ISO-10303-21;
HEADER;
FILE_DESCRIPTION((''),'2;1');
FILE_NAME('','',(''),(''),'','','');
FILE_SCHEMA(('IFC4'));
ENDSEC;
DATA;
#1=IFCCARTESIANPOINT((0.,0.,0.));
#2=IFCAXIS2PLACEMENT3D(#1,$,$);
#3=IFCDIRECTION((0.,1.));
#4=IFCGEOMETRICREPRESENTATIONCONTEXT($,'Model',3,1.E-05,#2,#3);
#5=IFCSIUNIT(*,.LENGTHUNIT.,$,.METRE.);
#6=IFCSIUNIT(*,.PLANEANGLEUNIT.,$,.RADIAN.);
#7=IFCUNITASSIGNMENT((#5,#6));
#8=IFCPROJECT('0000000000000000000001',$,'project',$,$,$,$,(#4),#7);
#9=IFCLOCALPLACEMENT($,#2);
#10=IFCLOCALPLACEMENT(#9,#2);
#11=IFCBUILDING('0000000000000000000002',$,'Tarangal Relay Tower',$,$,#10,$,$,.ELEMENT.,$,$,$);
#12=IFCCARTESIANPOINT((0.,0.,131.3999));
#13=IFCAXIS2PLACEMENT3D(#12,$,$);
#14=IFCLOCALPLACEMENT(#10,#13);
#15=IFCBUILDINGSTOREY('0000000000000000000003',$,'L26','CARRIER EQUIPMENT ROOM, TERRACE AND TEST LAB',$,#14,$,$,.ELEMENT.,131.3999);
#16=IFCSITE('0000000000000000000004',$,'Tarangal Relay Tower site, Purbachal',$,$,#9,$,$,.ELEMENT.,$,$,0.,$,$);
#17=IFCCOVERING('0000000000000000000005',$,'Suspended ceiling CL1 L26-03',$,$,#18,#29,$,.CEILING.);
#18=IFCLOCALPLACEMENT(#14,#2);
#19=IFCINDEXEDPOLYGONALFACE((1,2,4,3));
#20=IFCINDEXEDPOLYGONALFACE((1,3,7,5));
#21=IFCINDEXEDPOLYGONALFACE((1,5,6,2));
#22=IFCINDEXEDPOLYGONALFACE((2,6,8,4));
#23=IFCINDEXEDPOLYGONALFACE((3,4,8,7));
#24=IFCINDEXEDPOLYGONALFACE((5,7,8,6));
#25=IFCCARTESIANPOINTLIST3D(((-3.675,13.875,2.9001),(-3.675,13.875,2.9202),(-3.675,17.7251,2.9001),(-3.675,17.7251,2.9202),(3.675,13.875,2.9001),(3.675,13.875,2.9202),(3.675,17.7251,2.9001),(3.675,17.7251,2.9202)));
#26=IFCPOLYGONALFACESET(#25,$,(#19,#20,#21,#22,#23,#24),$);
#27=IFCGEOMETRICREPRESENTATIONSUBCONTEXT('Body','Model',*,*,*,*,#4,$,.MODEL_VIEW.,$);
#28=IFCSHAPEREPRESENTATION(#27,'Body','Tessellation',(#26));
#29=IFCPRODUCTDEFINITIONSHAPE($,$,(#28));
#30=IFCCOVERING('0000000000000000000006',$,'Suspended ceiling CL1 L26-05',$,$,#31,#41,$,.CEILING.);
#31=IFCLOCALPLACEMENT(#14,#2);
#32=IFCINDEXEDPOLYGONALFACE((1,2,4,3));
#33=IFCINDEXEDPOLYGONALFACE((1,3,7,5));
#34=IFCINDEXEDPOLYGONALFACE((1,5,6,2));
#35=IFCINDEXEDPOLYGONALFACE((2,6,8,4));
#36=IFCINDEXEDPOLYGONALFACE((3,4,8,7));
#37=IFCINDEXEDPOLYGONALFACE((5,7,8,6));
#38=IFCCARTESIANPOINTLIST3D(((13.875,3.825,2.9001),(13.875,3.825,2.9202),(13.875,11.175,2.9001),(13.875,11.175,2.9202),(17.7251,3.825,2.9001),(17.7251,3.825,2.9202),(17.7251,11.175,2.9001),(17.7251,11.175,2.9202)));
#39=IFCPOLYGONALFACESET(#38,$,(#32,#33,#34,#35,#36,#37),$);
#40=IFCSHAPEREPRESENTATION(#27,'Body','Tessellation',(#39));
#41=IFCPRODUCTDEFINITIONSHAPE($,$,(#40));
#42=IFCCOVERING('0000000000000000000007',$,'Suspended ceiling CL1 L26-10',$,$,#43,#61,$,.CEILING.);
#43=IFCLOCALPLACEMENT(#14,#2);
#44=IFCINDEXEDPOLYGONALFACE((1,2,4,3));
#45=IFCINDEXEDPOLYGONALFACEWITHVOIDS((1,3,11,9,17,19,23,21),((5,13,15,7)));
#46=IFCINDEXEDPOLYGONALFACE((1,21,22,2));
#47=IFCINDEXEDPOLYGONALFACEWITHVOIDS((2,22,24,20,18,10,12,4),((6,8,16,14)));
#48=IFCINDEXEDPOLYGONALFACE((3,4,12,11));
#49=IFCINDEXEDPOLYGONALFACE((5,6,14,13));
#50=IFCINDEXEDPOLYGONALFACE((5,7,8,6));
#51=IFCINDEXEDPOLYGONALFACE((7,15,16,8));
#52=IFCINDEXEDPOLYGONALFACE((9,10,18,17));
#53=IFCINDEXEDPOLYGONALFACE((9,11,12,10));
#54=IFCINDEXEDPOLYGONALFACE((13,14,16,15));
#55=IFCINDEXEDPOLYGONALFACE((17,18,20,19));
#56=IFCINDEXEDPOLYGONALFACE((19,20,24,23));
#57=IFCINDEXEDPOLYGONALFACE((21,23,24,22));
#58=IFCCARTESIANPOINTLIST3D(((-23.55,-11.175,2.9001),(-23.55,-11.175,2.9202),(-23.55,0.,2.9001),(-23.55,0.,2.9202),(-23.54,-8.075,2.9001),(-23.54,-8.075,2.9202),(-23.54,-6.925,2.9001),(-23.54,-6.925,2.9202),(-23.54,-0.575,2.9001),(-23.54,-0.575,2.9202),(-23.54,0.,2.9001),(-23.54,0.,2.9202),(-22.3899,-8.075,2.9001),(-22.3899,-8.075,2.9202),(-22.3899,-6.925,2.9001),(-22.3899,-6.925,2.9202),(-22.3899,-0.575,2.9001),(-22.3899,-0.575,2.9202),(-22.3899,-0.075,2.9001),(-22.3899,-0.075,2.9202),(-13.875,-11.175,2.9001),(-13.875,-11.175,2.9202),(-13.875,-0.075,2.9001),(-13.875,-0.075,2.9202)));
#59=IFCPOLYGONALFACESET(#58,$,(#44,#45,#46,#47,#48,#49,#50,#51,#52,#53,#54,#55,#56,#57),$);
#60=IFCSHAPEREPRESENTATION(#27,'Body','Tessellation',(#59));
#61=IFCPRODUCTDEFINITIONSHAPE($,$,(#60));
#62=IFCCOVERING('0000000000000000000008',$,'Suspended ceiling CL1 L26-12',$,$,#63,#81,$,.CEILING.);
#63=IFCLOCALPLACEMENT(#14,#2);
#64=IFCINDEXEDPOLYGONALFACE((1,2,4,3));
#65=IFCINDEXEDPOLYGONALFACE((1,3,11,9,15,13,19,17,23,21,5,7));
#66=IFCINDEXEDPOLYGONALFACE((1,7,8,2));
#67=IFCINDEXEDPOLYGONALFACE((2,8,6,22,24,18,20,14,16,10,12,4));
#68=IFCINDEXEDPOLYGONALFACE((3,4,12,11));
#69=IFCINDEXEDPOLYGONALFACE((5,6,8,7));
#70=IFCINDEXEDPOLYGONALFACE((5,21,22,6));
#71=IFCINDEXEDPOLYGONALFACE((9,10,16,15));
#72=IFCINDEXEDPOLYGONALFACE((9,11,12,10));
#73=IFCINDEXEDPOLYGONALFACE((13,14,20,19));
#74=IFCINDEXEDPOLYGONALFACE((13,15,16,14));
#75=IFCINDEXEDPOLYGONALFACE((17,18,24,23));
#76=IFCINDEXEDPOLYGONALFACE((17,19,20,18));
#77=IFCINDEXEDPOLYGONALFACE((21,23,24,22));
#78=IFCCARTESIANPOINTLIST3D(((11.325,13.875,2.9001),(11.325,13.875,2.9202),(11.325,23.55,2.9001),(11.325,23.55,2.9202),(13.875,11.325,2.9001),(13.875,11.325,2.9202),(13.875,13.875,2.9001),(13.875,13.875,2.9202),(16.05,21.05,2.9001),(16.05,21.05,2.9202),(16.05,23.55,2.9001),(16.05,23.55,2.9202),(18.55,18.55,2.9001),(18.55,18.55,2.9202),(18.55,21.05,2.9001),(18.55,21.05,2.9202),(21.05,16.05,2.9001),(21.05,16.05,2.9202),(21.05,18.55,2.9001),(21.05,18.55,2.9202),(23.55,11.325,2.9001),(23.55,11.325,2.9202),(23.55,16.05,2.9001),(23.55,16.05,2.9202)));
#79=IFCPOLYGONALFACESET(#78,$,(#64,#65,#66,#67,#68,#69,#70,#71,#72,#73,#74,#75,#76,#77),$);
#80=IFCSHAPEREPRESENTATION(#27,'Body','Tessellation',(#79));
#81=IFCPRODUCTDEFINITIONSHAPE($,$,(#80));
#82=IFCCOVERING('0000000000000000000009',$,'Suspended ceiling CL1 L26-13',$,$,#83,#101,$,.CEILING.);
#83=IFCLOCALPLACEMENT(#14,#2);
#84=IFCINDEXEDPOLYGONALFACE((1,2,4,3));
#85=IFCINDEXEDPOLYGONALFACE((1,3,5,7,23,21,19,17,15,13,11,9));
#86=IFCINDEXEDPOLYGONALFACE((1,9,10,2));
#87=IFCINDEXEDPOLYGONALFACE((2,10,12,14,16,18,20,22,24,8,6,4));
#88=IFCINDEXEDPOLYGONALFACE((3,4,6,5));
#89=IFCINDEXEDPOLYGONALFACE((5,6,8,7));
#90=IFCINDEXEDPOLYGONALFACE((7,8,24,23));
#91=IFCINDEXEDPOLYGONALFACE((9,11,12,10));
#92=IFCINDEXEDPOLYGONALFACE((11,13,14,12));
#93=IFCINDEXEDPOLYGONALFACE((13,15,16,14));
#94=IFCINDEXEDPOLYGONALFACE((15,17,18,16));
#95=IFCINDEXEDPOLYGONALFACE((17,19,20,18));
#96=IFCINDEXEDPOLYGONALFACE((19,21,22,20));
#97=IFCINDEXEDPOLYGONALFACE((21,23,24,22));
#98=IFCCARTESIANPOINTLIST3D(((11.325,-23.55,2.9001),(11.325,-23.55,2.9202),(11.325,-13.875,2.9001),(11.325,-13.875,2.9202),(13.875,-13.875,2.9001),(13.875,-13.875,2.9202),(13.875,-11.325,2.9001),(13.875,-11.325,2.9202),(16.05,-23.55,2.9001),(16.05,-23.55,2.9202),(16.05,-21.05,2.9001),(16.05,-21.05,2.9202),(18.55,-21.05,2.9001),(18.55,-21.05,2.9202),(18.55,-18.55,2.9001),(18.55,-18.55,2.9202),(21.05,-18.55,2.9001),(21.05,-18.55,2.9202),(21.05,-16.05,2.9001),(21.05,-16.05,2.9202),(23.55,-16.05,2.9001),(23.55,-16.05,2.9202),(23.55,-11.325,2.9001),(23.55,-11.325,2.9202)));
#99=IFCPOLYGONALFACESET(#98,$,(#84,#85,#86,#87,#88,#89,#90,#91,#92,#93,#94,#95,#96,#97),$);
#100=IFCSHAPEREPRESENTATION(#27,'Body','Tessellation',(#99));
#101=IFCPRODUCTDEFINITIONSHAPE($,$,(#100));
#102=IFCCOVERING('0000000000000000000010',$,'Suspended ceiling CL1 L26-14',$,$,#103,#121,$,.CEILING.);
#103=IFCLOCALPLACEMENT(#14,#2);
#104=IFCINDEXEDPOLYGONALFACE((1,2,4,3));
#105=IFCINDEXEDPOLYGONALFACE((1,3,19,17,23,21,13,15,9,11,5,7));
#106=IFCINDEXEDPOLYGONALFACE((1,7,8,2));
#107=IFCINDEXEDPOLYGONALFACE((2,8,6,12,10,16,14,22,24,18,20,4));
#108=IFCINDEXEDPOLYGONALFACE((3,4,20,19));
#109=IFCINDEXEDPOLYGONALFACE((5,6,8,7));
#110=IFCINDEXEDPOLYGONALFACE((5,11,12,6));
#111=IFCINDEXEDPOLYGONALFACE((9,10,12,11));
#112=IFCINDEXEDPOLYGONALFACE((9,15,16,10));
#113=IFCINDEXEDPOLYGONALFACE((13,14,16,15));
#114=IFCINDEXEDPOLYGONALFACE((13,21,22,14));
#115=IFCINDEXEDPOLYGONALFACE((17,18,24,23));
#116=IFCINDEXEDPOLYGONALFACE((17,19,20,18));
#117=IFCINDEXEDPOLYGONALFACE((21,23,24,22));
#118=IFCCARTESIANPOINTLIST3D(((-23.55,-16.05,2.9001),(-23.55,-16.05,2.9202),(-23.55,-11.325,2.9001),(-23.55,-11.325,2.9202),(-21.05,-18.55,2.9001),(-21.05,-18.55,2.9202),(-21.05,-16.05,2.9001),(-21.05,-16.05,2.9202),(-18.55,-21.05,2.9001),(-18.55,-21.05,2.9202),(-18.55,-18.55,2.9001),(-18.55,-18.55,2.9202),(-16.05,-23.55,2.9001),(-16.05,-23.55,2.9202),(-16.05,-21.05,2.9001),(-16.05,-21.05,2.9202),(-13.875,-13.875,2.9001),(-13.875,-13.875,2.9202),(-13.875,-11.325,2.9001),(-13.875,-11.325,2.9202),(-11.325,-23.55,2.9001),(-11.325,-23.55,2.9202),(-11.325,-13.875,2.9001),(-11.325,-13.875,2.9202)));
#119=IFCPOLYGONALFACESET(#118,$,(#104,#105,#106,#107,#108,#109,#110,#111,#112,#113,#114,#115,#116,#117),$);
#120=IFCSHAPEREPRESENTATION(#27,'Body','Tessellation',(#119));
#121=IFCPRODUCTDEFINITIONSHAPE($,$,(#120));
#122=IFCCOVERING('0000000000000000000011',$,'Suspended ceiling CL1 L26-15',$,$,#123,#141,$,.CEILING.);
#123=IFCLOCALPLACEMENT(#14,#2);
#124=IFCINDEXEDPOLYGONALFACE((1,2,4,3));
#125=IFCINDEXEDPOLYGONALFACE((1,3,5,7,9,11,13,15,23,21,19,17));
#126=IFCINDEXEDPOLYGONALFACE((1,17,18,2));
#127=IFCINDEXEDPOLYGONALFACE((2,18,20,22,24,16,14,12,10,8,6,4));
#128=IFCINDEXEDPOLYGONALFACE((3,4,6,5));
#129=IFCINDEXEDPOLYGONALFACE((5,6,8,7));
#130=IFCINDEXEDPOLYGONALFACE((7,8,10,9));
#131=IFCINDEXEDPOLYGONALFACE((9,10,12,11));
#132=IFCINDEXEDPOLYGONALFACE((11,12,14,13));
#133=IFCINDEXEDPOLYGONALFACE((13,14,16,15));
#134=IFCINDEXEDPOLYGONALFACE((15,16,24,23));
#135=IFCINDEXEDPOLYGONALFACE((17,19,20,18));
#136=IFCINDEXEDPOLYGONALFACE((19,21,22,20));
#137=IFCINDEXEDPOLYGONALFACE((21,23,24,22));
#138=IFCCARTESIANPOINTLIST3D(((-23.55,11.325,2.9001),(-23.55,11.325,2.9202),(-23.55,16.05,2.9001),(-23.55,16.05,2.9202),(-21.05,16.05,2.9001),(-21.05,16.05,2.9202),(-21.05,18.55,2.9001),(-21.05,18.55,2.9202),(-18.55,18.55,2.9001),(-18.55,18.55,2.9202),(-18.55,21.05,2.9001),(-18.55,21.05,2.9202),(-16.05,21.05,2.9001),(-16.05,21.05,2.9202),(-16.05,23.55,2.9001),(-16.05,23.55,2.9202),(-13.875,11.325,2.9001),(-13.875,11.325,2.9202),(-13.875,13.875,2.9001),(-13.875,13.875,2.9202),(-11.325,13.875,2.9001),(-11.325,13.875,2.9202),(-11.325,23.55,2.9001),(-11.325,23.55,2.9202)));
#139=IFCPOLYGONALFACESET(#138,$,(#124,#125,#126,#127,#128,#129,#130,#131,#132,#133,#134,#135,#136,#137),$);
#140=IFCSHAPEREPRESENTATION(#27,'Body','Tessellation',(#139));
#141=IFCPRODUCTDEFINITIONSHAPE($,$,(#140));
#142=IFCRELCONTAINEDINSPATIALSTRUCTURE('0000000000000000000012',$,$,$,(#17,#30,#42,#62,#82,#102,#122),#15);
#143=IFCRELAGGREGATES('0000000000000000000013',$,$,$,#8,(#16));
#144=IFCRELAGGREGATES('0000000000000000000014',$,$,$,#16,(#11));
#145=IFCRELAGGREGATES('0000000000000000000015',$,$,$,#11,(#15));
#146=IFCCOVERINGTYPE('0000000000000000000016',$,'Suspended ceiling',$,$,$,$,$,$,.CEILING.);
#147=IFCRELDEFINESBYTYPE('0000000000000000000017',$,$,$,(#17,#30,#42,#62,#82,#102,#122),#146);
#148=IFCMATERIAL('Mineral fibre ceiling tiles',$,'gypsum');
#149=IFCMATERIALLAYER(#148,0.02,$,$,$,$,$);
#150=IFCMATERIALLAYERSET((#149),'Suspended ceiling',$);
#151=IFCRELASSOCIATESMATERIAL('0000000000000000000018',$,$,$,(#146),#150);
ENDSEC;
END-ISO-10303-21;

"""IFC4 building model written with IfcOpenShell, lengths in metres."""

from ifc_helpers import new_model, si_unit, direction, frame, origin, place, context, subcontext, project, spatial, polyline, outline, extrude, material, layer, layer_set, type_object, element, save


model = new_model("IFC4")

# Units and contexts
model_context = context("Model", 3, precision=1e-05, world=origin(), true_north=direction((0.0, 1.0)))
body_context = subcontext(model_context, "Body", "Model", "MODEL_VIEW")
ifc_project = project(units=[si_unit("LENGTHUNIT", "METRE"), si_unit("PLANEANGLEUNIT", "RADIAN")], contexts=[model_context])

# Site, building, storey
site_placement = place(None, origin())
site = spatial("IfcSite", under=ifc_project, at=site_placement, Name="Tarangal Relay Tower site, Purbachal", CompositionType="ELEMENT", RefElevation=0.0)
building_placement = place(site_placement, origin())
building = spatial("IfcBuilding", under=site, at=building_placement, Name="Tarangal Relay Tower", CompositionType="ELEMENT")
storey_placement = place(building_placement, frame((0.0, 0.0, 131.3999)))
storey = spatial("IfcBuildingStorey", under=building, at=storey_placement, Name="L26", Description="CARRIER EQUIPMENT ROOM, TERRACE AND TEST LAB", CompositionType="ELEMENT", Elevation=131.3999)

# Coverings
ifc_material_1 = material(Name="Mineral fibre ceiling tiles", Category="gypsum")
ifc_layer_1 = layer(ifc_material_1, 0.02)
ifc_layer_set_1 = layer_set([ifc_layer_1], Name="Suspended ceiling")
covering_type_1 = type_object("IfcCoveringType", Name="Suspended ceiling", PredefinedType="CEILING", material=ifc_layer_set_1)
covering_1_placement = place(storey_placement, frame((0.0, 0.0, 2.9001)))
element("IfcCovering", 1, at=covering_1_placement, inside=storey, type_object=covering_type_1, Name="Suspended ceiling CL1 L26-03", PredefinedType="CEILING", context=body_context, shape_type="SweptSolid", body=[
    extrude(outline(polyline([(-3.675, 17.7251), (-3.675, 13.875), (3.675, 13.875), (3.675, 17.7251), (-3.675, 17.7251)])), origin(), (0.0, 0.0, 1.0), 0.02),
])
covering_2_placement = place(storey_placement, frame((0.0, 0.0, 2.9001)))
element("IfcCovering", 2, at=covering_2_placement, inside=storey, type_object=covering_type_1, Name="Suspended ceiling CL1 L26-05", PredefinedType="CEILING", context=body_context, shape_type="SweptSolid", body=[
    extrude(outline(polyline([(17.7251, 3.825), (17.7251, 11.175), (13.875, 11.175), (13.875, 3.825), (17.7251, 3.825)])), origin(), (0.0, 0.0, 1.0), 0.02),
])
covering_3_placement = place(storey_placement, frame((0.0, 0.0, 2.9001)))
element("IfcCovering", 3, at=covering_3_placement, inside=storey, type_object=covering_type_1, Name="Suspended ceiling CL1 L26-10", PredefinedType="CEILING", context=body_context, shape_type="SweptSolid", body=[
    extrude(outline(polyline([(-23.55, 0.0), (-23.55, -11.175), (-13.875, -11.175), (-13.875, -0.075), (-22.3899, -0.075), (-22.3899, -0.575), (-23.54, -0.575), (-23.54, 0.0), (-23.55, 0.0)]), holes=[polyline([(-22.3899, -8.075), (-22.3899, -6.925), (-23.54, -6.925), (-23.54, -8.075), (-22.3899, -8.075)])]), origin(), (0.0, 0.0, 1.0), 0.02),
])
covering_4_placement = place(storey_placement, frame((0.0, 0.0, 2.9001)))
element("IfcCovering", 4, at=covering_4_placement, inside=storey, type_object=covering_type_1, Name="Suspended ceiling CL1 L26-12", PredefinedType="CEILING", context=body_context, shape_type="SweptSolid", body=[
    extrude(outline(polyline([(16.05, 23.55), (11.325, 23.55), (11.325, 13.875), (13.875, 13.875), (13.875, 11.325), (23.55, 11.325), (23.55, 16.05), (21.05, 16.05), (21.05, 18.55), (18.55, 18.55), (18.55, 21.05), (16.05, 21.05), (16.05, 23.55)])), origin(), (0.0, 0.0, 1.0), 0.02),
])
covering_5_placement = place(storey_placement, frame((0.0, 0.0, 2.9001)))
element("IfcCovering", 5, at=covering_5_placement, inside=storey, type_object=covering_type_1, Name="Suspended ceiling CL1 L26-13", PredefinedType="CEILING", context=body_context, shape_type="SweptSolid", body=[
    extrude(outline(polyline([(23.55, -16.05), (23.55, -11.325), (13.875, -11.325), (13.875, -13.875), (11.325, -13.875), (11.325, -23.55), (16.05, -23.55), (16.05, -21.05), (18.55, -21.05), (18.55, -18.55), (21.05, -18.55), (21.05, -16.05), (23.55, -16.05)])), origin(), (0.0, 0.0, 1.0), 0.02),
])
covering_6_placement = place(storey_placement, frame((0.0, 0.0, 2.9001)))
element("IfcCovering", 6, at=covering_6_placement, inside=storey, type_object=covering_type_1, Name="Suspended ceiling CL1 L26-14", PredefinedType="CEILING", context=body_context, shape_type="SweptSolid", body=[
    extrude(outline(polyline([(-16.05, -21.05), (-16.05, -23.55), (-11.325, -23.55), (-11.325, -13.875), (-13.875, -13.875), (-13.875, -11.325), (-23.55, -11.325), (-23.55, -16.05), (-21.05, -16.05), (-21.05, -18.55), (-18.55, -18.55), (-18.55, -21.05), (-16.05, -21.05)])), origin(), (0.0, 0.0, 1.0), 0.02),
])
covering_7_placement = place(storey_placement, frame((0.0, 0.0, 2.9001)))
element("IfcCovering", 7, at=covering_7_placement, inside=storey, type_object=covering_type_1, Name="Suspended ceiling CL1 L26-15", PredefinedType="CEILING", context=body_context, shape_type="SweptSolid", body=[
    extrude(outline(polyline([(-21.05, 16.05), (-23.55, 16.05), (-23.55, 11.325), (-13.875, 11.325), (-13.875, 13.875), (-11.325, 13.875), (-11.325, 23.55), (-16.05, 23.55), (-16.05, 21.05), (-18.55, 21.05), (-18.55, 18.55), (-21.05, 18.55), (-21.05, 16.05)])), origin(), (0.0, 0.0, 1.0), 0.02),
])

save(model, "model.ifc")
